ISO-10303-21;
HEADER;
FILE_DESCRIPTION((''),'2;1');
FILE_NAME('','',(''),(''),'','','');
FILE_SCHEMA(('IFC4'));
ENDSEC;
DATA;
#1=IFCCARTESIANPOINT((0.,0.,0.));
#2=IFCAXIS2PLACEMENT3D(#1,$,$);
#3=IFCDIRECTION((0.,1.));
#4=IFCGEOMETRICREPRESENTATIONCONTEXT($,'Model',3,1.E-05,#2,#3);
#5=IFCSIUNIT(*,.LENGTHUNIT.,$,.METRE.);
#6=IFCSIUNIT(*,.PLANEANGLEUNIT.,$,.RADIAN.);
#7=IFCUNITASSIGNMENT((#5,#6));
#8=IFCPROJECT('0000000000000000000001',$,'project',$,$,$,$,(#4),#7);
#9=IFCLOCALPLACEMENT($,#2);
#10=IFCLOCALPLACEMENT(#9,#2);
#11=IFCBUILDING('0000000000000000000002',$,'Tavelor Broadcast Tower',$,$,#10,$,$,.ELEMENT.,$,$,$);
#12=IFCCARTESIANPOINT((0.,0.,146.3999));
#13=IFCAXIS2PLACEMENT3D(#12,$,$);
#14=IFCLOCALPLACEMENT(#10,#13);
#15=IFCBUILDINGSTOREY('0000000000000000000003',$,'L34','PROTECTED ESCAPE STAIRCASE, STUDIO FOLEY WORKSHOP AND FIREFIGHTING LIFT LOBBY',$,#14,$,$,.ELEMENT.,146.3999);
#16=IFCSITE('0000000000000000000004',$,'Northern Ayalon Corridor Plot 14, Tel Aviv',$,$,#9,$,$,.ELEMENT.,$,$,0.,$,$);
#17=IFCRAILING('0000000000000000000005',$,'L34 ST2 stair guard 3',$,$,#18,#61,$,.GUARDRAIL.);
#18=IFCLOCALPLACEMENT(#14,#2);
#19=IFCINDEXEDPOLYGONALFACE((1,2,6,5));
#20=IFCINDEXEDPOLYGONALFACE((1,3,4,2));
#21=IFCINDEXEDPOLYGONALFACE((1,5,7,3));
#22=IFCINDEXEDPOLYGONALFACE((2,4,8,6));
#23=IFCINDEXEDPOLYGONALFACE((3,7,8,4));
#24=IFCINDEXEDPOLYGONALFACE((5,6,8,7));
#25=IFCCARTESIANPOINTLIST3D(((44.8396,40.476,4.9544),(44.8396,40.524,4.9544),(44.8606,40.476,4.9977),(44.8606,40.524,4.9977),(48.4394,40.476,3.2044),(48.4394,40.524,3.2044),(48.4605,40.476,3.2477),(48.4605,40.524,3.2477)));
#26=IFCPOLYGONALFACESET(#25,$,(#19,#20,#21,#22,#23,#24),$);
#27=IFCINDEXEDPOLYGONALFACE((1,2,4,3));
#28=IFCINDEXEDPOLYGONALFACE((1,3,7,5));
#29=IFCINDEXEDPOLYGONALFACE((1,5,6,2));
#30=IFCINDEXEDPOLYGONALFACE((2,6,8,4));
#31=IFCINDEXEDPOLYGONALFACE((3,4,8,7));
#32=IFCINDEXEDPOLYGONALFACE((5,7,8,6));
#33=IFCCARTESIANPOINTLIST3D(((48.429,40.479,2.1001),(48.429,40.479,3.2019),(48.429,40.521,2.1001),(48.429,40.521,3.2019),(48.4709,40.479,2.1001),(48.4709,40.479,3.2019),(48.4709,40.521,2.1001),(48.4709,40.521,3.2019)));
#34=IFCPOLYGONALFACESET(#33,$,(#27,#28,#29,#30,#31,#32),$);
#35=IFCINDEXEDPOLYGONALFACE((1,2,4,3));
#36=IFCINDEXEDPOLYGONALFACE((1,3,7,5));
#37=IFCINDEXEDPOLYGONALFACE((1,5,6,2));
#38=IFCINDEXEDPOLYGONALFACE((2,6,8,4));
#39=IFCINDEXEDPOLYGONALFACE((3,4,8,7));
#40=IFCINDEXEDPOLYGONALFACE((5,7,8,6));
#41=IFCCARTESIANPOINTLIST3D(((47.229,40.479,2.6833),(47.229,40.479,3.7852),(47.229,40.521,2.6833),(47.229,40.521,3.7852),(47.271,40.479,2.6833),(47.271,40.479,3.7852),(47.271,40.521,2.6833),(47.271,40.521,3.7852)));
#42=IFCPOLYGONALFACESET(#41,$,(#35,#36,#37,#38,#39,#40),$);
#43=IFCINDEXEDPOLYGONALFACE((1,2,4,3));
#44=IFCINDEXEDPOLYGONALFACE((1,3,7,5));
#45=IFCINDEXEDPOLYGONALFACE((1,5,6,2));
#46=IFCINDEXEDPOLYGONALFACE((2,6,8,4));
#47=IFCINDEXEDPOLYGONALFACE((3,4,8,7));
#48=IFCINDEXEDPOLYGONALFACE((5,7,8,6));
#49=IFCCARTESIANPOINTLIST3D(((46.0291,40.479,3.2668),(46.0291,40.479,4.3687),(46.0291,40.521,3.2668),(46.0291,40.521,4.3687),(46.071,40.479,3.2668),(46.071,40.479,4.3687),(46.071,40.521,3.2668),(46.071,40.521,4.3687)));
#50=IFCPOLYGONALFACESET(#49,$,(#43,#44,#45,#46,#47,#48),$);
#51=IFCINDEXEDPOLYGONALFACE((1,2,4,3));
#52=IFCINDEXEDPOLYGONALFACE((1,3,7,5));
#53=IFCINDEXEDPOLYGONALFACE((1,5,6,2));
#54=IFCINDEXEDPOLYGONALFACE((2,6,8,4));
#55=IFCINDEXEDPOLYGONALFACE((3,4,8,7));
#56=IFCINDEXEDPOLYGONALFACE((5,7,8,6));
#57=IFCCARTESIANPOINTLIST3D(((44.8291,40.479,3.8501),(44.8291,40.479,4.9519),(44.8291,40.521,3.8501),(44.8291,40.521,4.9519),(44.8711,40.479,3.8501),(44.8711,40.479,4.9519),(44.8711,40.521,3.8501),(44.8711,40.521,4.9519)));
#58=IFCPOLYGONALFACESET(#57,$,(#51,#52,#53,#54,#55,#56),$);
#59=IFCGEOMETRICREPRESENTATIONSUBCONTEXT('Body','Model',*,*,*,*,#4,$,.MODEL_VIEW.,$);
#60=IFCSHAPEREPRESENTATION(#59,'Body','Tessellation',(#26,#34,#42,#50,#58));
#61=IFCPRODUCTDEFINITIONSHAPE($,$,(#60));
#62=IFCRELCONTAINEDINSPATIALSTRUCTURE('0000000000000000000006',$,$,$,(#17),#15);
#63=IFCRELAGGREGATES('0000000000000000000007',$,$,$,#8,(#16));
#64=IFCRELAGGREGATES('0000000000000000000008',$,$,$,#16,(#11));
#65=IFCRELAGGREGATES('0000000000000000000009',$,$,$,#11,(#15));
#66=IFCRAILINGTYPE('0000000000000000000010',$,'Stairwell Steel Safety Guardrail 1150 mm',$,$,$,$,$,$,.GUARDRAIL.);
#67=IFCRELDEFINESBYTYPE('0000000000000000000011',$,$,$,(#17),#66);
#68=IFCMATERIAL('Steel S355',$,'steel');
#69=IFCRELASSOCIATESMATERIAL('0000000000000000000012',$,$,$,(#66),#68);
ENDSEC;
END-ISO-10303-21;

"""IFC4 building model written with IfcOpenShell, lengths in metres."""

from ifc_helpers import new_model, si_unit, direction, frame, origin, origin_2d, place, context, subcontext, project, spatial, rectangle, extrude, material, type_object, element, save


model = new_model("IFC4")

# Units and contexts
model_context = context("Model", 3, precision=1e-05, world=origin(), true_north=direction((0.0, 1.0)))
body_context = subcontext(model_context, "Body", "Model", "MODEL_VIEW")
ifc_project = project(units=[si_unit("LENGTHUNIT", "METRE"), si_unit("PLANEANGLEUNIT", "RADIAN")], contexts=[model_context])

# Site, building, storey
site_placement = place(None, origin())
site = spatial("IfcSite", under=ifc_project, at=site_placement, Name="Northern Ayalon Corridor Plot 14, Tel Aviv", CompositionType="ELEMENT", RefElevation=0.0)
building_placement = place(site_placement, origin())
building = spatial("IfcBuilding", under=site, at=building_placement, Name="Tavelor Broadcast Tower", CompositionType="ELEMENT")
storey_placement = place(building_placement, frame((0.0, 0.0, 146.3999)))
storey = spatial("IfcBuildingStorey", under=building, at=storey_placement, Name="L34", Description="PROTECTED ESCAPE STAIRCASE, STUDIO FOLEY WORKSHOP AND FIREFIGHTING LIFT LOBBY", CompositionType="ELEMENT", Elevation=146.3999)

# Shared definitions
ifc_material_1 = material(Name="Steel S355", Category="steel")

# Railing
railing_type_1 = type_object("IfcRailingType", Name="Stairwell Steel Safety Guardrail 1150 mm", PredefinedType="GUARDRAIL", material=ifc_material_1)
railing_1_placement = place(storey_placement, frame((48.45, 40.5, 2.1001)))
element("IfcRailing", 1, at=railing_1_placement, inside=storey, type_object=railing_type_1, Name="L34 ST2 stair guard 3", PredefinedType="GUARDRAIL", context=body_context, shape_type="SweptSolid", body=[
    extrude(rectangle(XDim=0.0481, YDim=0.0481, at=origin_2d()), frame((0.0, 0.0, 1.126), z_axis=(-0.899361, 0.0, 0.437207), x_axis=(0.0, -1.0, 0.0)), (0.0, 0.0, 1.0), 4.0027),
    extrude(rectangle(XDim=0.042, YDim=0.042, at=origin_2d()), origin(), (0.0, 0.0, 1.0), 1.1018),
    extrude(rectangle(XDim=0.042, YDim=0.042, at=origin_2d()), frame((-1.2, 0.0, 0.5833)), (0.0, 0.0, 1.0), 1.1018),
    extrude(rectangle(XDim=0.042, YDim=0.042, at=origin_2d()), frame((-2.3999, 0.0, 1.1667)), (0.0, 0.0, 1.0), 1.1018),
    extrude(rectangle(XDim=0.042, YDim=0.042, at=origin_2d()), frame((-3.5999, 0.0, 1.75)), (0.0, 0.0, 1.0), 1.1018),
])

save(model, "model.ifc")
